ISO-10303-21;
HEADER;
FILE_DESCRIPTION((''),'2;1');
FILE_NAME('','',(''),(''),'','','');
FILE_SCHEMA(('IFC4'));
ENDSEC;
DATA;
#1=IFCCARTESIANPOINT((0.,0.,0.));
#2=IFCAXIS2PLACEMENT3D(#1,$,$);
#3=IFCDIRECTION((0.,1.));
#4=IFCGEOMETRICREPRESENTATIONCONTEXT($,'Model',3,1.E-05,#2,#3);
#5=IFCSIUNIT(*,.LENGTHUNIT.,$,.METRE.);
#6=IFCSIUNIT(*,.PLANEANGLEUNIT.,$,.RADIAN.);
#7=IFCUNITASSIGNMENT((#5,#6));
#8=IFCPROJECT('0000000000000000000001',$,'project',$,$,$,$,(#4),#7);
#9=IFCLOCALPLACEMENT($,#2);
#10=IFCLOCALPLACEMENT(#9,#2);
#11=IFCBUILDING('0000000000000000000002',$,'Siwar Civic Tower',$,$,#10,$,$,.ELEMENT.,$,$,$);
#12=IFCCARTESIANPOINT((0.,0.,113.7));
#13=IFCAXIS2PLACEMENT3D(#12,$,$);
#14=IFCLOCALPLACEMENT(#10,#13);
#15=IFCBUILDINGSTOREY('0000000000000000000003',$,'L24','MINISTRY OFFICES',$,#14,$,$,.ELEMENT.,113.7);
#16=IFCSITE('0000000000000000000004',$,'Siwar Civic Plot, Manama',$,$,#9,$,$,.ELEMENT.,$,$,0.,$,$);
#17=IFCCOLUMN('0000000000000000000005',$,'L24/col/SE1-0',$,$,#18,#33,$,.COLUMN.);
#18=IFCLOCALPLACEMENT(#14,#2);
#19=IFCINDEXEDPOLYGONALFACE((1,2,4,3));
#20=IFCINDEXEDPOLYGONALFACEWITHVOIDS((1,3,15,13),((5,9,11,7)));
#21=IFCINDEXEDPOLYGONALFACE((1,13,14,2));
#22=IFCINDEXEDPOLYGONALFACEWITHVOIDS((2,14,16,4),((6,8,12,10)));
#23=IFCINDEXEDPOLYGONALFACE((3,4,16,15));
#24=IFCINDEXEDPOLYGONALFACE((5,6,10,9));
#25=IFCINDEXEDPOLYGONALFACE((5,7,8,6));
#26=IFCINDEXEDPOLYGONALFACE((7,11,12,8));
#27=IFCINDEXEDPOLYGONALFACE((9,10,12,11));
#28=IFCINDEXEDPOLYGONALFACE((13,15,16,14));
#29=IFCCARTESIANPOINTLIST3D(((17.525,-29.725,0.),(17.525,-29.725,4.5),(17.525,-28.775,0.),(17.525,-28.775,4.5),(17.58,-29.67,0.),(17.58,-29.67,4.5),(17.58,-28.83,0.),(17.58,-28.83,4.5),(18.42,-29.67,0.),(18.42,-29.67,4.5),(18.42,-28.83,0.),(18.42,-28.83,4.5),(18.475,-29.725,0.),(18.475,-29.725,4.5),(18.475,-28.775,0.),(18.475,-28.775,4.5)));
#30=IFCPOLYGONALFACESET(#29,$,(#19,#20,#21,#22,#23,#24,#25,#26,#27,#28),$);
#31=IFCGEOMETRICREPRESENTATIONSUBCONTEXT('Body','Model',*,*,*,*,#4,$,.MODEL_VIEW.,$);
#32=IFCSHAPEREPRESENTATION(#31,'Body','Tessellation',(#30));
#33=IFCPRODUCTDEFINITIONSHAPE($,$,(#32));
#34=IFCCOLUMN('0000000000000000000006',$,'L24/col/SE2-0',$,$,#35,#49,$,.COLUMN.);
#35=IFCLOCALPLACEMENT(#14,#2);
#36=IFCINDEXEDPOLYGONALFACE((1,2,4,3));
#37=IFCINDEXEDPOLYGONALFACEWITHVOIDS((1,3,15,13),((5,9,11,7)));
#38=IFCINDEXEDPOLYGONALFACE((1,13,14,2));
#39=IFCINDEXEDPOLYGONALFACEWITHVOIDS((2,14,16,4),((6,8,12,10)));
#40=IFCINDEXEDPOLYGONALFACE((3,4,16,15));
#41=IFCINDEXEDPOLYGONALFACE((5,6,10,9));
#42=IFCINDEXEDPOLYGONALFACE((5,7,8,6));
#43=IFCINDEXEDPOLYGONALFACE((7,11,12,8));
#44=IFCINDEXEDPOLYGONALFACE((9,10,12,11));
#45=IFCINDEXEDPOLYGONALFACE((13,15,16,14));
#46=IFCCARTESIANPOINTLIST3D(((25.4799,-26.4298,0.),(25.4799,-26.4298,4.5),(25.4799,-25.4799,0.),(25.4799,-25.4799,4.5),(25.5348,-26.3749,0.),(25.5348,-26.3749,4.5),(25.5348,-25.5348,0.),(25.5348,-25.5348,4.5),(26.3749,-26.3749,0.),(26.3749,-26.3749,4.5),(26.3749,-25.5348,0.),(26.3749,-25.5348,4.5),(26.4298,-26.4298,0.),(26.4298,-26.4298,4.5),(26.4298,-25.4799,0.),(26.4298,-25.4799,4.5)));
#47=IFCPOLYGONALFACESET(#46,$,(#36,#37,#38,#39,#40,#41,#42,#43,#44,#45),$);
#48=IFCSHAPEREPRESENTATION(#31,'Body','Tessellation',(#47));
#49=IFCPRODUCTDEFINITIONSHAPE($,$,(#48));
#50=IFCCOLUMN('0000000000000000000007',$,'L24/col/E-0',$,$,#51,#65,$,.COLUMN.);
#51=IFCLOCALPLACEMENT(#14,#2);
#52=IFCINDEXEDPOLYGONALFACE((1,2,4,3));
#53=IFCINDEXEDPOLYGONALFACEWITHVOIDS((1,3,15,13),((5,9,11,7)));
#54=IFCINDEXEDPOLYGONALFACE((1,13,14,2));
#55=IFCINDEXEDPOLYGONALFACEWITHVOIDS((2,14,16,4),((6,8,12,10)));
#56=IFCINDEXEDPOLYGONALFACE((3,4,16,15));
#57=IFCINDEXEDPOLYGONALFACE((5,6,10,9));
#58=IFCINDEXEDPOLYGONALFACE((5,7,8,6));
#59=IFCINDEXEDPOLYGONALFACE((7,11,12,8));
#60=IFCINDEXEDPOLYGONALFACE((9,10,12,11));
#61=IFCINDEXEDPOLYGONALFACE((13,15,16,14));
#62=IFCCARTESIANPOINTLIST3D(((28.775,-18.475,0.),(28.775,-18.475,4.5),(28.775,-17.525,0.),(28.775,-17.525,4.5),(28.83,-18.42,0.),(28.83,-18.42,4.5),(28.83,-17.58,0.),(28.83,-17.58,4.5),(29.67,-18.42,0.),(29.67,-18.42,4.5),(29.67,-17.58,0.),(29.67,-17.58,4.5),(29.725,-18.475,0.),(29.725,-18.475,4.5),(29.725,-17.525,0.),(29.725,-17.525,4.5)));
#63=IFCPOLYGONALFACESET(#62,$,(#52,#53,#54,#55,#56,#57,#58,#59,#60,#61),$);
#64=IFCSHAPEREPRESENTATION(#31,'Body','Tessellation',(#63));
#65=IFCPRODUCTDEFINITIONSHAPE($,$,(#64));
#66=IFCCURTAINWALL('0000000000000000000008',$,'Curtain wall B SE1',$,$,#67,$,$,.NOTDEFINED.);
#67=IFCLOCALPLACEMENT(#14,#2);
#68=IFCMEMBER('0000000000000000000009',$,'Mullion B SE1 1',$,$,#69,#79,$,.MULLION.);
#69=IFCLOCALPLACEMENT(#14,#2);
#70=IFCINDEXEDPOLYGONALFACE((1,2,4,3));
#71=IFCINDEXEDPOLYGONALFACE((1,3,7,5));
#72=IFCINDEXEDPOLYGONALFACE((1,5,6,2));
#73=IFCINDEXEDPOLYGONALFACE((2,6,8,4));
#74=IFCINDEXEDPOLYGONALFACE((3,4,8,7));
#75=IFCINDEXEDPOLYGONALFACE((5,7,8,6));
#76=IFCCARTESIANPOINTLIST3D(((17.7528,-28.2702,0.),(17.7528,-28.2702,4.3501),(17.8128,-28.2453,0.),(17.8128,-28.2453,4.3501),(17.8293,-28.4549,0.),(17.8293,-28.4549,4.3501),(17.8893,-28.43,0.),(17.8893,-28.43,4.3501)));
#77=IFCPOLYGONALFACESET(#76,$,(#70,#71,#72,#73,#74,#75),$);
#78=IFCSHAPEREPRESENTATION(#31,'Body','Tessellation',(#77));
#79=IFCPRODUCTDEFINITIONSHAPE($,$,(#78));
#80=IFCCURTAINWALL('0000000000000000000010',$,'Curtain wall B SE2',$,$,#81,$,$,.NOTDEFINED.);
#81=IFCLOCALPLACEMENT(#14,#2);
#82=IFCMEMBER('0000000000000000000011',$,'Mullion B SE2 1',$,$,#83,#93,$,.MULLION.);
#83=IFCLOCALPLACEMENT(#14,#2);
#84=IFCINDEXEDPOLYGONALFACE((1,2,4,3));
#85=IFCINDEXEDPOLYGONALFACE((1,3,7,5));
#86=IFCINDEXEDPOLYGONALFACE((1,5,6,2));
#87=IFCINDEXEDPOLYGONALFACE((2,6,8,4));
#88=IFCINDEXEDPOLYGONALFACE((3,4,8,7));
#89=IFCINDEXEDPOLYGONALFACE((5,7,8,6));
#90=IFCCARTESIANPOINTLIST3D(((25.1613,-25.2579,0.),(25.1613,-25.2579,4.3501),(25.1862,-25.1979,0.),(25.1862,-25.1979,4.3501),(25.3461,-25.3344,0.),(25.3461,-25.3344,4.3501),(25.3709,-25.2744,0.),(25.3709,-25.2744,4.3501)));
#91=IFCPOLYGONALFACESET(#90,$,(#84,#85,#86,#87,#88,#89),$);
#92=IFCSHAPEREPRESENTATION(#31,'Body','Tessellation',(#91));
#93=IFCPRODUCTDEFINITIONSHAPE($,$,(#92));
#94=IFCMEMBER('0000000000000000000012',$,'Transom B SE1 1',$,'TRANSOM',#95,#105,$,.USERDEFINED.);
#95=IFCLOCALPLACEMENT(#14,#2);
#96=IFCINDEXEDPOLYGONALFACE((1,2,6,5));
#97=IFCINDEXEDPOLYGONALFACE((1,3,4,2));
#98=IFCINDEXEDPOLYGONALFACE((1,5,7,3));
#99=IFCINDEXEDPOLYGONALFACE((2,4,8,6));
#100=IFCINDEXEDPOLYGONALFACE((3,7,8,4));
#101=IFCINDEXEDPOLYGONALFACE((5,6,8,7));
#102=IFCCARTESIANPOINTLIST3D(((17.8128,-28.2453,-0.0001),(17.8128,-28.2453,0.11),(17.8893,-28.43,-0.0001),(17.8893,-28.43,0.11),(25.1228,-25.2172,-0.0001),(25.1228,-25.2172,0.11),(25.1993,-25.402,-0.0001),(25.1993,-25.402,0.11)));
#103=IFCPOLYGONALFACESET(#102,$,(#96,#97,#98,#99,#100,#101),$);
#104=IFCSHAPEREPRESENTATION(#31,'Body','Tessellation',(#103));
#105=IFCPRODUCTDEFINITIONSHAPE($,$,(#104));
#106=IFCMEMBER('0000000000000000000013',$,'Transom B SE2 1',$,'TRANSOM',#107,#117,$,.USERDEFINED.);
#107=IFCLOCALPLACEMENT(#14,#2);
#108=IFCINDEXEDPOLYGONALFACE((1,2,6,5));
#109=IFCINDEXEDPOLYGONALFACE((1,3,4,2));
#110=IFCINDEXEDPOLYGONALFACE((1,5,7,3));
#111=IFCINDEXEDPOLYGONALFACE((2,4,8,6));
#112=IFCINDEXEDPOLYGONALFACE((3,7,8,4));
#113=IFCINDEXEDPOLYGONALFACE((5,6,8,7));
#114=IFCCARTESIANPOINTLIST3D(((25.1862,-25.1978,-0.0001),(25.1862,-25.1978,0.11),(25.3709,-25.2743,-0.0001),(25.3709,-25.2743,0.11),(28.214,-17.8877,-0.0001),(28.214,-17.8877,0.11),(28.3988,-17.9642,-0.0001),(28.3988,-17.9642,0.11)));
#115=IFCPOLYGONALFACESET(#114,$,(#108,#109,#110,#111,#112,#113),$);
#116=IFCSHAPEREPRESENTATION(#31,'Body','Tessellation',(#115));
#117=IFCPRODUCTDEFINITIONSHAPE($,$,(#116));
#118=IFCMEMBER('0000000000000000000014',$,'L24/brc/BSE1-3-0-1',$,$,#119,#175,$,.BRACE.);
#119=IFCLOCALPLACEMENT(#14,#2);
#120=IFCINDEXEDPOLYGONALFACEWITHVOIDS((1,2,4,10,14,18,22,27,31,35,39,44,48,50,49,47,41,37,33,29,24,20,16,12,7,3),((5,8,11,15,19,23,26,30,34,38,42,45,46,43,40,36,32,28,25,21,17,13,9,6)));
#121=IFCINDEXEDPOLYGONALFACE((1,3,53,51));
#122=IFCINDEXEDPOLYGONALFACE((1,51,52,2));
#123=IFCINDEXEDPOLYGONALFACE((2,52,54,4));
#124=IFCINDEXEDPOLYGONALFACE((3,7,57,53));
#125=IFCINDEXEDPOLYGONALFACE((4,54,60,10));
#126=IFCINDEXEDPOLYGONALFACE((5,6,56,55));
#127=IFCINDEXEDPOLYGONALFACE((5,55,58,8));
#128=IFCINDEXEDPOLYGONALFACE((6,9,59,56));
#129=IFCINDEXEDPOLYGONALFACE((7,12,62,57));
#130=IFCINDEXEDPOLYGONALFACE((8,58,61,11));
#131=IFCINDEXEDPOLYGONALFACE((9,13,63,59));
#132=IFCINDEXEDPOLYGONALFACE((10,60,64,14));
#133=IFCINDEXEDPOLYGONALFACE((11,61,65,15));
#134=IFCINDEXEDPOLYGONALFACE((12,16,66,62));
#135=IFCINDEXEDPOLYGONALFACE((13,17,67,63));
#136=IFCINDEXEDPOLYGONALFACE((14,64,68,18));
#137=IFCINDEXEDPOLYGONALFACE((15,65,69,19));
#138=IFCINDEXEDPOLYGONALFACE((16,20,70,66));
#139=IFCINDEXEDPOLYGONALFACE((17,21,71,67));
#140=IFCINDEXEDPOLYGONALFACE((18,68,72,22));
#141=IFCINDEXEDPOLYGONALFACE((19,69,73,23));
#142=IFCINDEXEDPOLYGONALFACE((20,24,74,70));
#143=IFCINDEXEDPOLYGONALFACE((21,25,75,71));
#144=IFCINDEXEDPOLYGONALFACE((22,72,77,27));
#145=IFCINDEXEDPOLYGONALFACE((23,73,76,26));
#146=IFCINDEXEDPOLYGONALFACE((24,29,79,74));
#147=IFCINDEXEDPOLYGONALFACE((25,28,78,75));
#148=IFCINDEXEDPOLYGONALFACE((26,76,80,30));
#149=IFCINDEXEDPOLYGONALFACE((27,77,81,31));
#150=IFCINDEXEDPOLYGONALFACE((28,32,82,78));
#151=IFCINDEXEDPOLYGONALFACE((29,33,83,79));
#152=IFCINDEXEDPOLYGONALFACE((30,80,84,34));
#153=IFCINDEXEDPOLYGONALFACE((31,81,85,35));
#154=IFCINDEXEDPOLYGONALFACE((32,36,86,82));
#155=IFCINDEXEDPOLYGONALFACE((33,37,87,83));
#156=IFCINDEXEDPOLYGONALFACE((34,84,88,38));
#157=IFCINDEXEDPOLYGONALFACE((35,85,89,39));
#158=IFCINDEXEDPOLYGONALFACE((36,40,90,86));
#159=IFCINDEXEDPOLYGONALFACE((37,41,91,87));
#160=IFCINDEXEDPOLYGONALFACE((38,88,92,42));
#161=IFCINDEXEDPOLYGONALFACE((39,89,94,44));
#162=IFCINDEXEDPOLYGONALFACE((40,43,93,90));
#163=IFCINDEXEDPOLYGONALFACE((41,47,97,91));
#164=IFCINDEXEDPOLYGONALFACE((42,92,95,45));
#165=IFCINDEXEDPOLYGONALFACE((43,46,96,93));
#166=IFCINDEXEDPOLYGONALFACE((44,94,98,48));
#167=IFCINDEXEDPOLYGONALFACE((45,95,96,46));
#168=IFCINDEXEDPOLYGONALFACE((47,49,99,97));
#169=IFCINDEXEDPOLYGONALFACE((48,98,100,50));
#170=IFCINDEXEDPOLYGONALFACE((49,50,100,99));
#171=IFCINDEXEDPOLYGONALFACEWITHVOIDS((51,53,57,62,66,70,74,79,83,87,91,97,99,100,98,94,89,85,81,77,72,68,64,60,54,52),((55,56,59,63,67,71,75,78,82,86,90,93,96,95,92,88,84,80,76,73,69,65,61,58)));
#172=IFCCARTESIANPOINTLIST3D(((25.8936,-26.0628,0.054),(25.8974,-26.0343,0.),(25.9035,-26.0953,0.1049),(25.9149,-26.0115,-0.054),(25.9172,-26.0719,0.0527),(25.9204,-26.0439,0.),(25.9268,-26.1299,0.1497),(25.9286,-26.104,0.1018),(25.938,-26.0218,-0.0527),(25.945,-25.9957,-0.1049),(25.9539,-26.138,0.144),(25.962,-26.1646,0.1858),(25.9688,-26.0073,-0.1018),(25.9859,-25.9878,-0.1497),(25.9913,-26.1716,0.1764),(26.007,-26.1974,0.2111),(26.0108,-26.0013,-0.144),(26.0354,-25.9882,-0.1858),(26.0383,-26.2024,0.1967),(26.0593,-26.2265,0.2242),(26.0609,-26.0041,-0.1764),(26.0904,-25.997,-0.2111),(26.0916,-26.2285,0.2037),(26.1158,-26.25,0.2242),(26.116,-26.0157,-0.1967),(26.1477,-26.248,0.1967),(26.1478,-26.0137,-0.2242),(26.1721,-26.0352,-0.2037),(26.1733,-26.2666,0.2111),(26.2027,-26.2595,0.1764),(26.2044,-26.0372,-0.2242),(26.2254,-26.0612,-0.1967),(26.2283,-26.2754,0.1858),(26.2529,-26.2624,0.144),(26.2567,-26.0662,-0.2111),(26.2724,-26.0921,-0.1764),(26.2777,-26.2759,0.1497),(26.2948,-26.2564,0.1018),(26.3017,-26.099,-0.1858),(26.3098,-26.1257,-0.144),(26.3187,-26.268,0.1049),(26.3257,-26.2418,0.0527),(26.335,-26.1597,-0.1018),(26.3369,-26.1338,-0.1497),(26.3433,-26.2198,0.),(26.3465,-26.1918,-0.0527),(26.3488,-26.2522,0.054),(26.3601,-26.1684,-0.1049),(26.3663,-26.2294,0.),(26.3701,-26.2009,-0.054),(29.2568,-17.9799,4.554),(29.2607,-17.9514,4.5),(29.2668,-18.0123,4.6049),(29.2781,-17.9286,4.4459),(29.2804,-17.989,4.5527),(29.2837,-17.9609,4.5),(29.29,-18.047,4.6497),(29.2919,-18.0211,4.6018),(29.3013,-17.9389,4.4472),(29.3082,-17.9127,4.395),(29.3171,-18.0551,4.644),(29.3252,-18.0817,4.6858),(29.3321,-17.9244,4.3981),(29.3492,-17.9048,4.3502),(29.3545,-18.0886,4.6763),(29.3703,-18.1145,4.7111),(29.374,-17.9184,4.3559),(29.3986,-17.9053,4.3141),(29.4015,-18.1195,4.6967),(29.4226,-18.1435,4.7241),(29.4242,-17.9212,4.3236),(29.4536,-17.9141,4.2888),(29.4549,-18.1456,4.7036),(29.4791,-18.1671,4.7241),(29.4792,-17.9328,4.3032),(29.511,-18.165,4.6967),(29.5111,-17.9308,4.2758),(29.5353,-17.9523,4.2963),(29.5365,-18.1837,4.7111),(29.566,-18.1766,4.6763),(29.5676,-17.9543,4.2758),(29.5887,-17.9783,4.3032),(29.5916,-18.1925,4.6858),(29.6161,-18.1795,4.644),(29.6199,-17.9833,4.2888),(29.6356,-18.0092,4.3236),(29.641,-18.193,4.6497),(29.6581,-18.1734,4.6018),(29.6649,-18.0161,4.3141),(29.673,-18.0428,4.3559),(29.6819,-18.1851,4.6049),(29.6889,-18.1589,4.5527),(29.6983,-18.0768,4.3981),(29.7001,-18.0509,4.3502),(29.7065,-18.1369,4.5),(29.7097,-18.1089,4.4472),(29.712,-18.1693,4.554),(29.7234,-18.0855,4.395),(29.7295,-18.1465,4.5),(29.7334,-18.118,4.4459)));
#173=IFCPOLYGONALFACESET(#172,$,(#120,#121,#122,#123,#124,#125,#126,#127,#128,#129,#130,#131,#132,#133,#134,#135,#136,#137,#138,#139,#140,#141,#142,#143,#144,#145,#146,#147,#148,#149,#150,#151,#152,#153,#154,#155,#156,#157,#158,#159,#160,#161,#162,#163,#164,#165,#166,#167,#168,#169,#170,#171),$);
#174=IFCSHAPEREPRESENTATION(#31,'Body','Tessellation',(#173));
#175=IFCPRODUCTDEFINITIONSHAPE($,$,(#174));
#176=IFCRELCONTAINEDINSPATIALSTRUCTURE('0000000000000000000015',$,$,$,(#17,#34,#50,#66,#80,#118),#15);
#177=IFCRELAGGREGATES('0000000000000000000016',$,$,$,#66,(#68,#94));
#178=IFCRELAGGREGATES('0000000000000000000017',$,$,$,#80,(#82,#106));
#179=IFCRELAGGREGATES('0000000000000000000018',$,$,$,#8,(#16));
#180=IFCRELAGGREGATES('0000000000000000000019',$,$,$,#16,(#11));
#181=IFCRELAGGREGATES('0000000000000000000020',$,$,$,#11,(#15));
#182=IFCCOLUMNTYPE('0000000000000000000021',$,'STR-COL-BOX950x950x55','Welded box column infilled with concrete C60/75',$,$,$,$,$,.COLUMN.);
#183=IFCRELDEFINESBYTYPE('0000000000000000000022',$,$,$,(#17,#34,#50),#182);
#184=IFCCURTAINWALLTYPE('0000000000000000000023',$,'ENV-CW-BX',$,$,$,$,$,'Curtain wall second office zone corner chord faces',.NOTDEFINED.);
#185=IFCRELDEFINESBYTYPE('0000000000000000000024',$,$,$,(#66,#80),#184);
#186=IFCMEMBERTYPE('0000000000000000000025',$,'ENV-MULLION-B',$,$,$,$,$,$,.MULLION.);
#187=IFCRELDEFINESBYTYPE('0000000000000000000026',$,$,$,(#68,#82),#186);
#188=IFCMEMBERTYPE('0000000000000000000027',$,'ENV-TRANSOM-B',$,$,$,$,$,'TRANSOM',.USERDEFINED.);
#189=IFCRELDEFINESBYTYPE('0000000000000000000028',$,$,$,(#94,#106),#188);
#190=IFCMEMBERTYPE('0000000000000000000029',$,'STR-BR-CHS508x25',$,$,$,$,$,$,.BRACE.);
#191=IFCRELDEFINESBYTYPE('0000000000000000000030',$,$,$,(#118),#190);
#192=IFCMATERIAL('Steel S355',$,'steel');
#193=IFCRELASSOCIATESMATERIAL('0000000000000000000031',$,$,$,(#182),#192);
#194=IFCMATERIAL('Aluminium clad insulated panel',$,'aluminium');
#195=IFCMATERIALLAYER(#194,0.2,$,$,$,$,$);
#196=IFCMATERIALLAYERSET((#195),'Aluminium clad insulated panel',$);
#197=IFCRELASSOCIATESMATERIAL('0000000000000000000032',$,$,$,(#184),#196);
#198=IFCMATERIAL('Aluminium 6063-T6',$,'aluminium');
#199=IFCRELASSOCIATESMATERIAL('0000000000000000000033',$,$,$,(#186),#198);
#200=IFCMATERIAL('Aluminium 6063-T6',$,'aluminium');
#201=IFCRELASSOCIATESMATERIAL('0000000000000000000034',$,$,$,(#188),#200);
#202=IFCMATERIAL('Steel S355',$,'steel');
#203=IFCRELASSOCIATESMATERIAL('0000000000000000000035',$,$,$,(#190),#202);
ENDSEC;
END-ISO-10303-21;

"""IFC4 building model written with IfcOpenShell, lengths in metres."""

from ifc_helpers import new_model, si_unit, direction, frame, origin, origin_2d, place, context, subcontext, project, spatial, rectangle, hollow_rectangle, hollow_circle, extrude, material, layer, layer_set, material_profile, profile_set, type_object, element, aggregate, save


model = new_model("IFC4")

# Units and contexts
model_context = context("Model", 3, precision=1e-05, world=origin(), true_north=direction((0.0, 1.0)))
body_context = subcontext(model_context, "Body", "Model", "MODEL_VIEW")
ifc_project = project(units=[si_unit("LENGTHUNIT", "METRE"), si_unit("PLANEANGLEUNIT", "RADIAN")], contexts=[model_context])

# Site, building, storey
site_placement = place(None, origin())
site = spatial("IfcSite", under=ifc_project, at=site_placement, Name="Siwar Civic Plot, Manama", CompositionType="ELEMENT", RefElevation=0.0)
building_placement = place(site_placement, origin())
building = spatial("IfcBuilding", under=site, at=building_placement, Name="Siwar Civic Tower", CompositionType="ELEMENT")
storey_placement = place(building_placement, frame((0.0, 0.0, 113.7)))
storey = spatial("IfcBuildingStorey", under=building, at=storey_placement, Name="L24", Description="MINISTRY OFFICES", CompositionType="ELEMENT", Elevation=113.7)

# Columns
ifc_material_1 = material(Name="Steel S355", Category="steel")
ifc_material_profile_1 = material_profile(ifc_material_1, hollow_rectangle(XDim=0.95, YDim=0.95, WallThickness=0.0549, at=origin_2d()), Name="BOX950x950x55")
ifc_profile_set_1 = profile_set([ifc_material_profile_1], Name="Steel S355")
column_type = type_object("IfcColumnType", Name="STR-COL-BOX950x950x55", Description="Welded box column infilled with concrete C60/75", PredefinedType="COLUMN", material=ifc_profile_set_1)
for number, where, z_axis, x_axis, name in (
    (1, (18.0, -29.25, 0.0), (0.0, 0.0, 1.0), (1.0, 0.0, 0.0), "L24/col/SE1-0"),
    (2, (25.9548, -25.9548, 0.0), (0.0, 0.0, 1.0), (1.0, 0.0, 0.0), "L24/col/SE2-0"),
    (3, (29.25, -18.0, 0.0), (0.0, 0.0, 1.0), (1.0, 0.0, 0.0), "L24/col/E-0"),
):
    element("IfcColumn", number, at=place(storey_placement, frame(where, z_axis=z_axis, x_axis=x_axis)), inside=storey, type_object=column_type, Name=name, PredefinedType="COLUMN", context=body_context, shape_type="SweptSolid", body=[
        extrude(hollow_rectangle(XDim=0.95, YDim=0.95, WallThickness=0.0549, at=origin_2d()), origin(), (0.0, 0.0, 1.0), 4.5),
    ])

# Curtain walls, members
ifc_material_2 = material(Name="Aluminium clad insulated panel", Category="aluminium")
ifc_layer_1 = layer(ifc_material_2, 0.2)
ifc_layer_set_1 = layer_set([ifc_layer_1], Name="Aluminium clad insulated panel")
curtain_wall_type = type_object("IfcCurtainWallType", Name="ENV-CW-BX", ElementType="Curtain wall second office zone corner chord faces", PredefinedType="NOTDEFINED", material=ifc_layer_set_1)
curtain_wall_1_placement = place(storey_placement, origin())
curtain_wall_1 = element("IfcCurtainWall", 4, at=curtain_wall_1_placement, inside=storey, type_object=curtain_wall_type, Name="Curtain wall B SE1", PredefinedType="NOTDEFINED")
ifc_material_3 = material(Name="Aluminium 6063-T6", Category="aluminium")
ifc_material_profile_2 = material_profile(ifc_material_3, rectangle(XDim=0.2, YDim=0.0649, at=origin_2d()), Name="AL 200x65")
ifc_profile_set_2 = profile_set([ifc_material_profile_2], Name="Aluminium 6063-T6")
member_type_1 = type_object("IfcMemberType", Name="ENV-MULLION-B", PredefinedType="MULLION", material=ifc_profile_set_2)
member_1_placement = place(storey_placement, frame((17.821, -28.3501, 0.0), z_axis=(0.0, 0.0, 1.0), x_axis=(-0.382683, 0.92388, 0.0)))
member_1 = element("IfcMember", 5, at=member_1_placement, type_object=member_type_1, Name="Mullion B SE1 1", PredefinedType="MULLION", context=body_context, shape_type="SweptSolid", body=[
    extrude(rectangle(XDim=0.2, YDim=0.0649, at=origin_2d()), origin(), (0.0, 0.0, 1.0), 4.3501),
])
curtain_wall_2_placement = place(storey_placement, origin())
curtain_wall_2 = element("IfcCurtainWall", 6, at=curtain_wall_2_placement, inside=storey, type_object=curtain_wall_type, Name="Curtain wall B SE2", PredefinedType="NOTDEFINED")
member_2_placement = place(storey_placement, frame((25.2661, -25.2661, 0.0), z_axis=(0.0, 0.0, 1.0), x_axis=(-0.92388, 0.382683, 0.0)))
member_2 = element("IfcMember", 7, at=member_2_placement, type_object=member_type_1, Name="Mullion B SE2 1", PredefinedType="MULLION", context=body_context, shape_type="SweptSolid", body=[
    extrude(rectangle(XDim=0.2, YDim=0.0649, at=origin_2d()), origin(), (0.0, 0.0, 1.0), 4.3501),
])

# Members
ifc_material_4 = material(Name="Aluminium 6063-T6", Category="aluminium")
ifc_material_profile_3 = material_profile(ifc_material_4, rectangle(XDim=0.2, YDim=0.1101, at=origin_2d()), Name="AL 200x110")
ifc_profile_set_3 = profile_set([ifc_material_profile_3], Name="Aluminium 6063-T6")
member_type_2 = type_object("IfcMemberType", Name="ENV-TRANSOM-B", ElementType="TRANSOM", PredefinedType="USERDEFINED", material=ifc_profile_set_3)
member_3_placement = place(storey_placement, frame((17.8511, -28.3376, 0.0549), z_axis=(0.923873, 0.3827, 0.0), x_axis=(-0.3827, 0.923873, 0.0)))
member_3 = element("IfcMember", 8, at=member_3_placement, type_object=member_type_2, Name="Transom B SE1 1", ObjectType="TRANSOM", PredefinedType="USERDEFINED", context=body_context, shape_type="SweptSolid", body=[
    extrude(rectangle(XDim=0.2, YDim=0.1101, at=origin_2d()), origin(), (0.0, 0.0, 1.0), 7.9124),
])
member_4_placement = place(storey_placement, frame((25.2786, -25.2361, 0.0549), z_axis=(0.382673, 0.923884, 0.0), x_axis=(-0.923884, 0.382673, 0.0)))
member_4 = element("IfcMember", 9, at=member_4_placement, type_object=member_type_2, Name="Transom B SE2 1", ObjectType="TRANSOM", PredefinedType="USERDEFINED", context=body_context, shape_type="SweptSolid", body=[
    extrude(rectangle(XDim=0.2, YDim=0.1101, at=origin_2d()), origin(), (0.0, 0.0, 1.0), 7.9124),
])

# Member
ifc_material_5 = material(Name="Steel S355", Category="steel")
ifc_material_profile_4 = material_profile(ifc_material_5, hollow_circle(Radius=0.2539, WallThickness=0.0249, at=origin_2d()), Name="CHS508x25")
ifc_profile_set_4 = profile_set([ifc_material_profile_4], Name="Steel S355")
member_type_3 = type_object("IfcMemberType", Name="STR-BR-CHS508x25", PredefinedType="BRACE", material=ifc_profile_set_4)
member_5_placement = place(storey_placement, frame((26.1318, -26.1318, 0.0), z_axis=(0.341671, 0.821143, 0.457149), x_axis=(-0.923265, 0.384164, 0.0)))
element("IfcMember", 10, at=member_5_placement, inside=storey, type_object=member_type_3, Name="L24/brc/BSE1-3-0-1", PredefinedType="BRACE", context=body_context, shape_type="SweptSolid", body=[
    extrude(hollow_circle(Radius=0.2539, WallThickness=0.0249, at=origin_2d()), origin(), (0.0, 0.0, 1.0), 9.8435),
])

aggregate(curtain_wall_1, [member_1, member_3])
aggregate(curtain_wall_2, [member_2, member_4])

save(model, "model.ifc")
